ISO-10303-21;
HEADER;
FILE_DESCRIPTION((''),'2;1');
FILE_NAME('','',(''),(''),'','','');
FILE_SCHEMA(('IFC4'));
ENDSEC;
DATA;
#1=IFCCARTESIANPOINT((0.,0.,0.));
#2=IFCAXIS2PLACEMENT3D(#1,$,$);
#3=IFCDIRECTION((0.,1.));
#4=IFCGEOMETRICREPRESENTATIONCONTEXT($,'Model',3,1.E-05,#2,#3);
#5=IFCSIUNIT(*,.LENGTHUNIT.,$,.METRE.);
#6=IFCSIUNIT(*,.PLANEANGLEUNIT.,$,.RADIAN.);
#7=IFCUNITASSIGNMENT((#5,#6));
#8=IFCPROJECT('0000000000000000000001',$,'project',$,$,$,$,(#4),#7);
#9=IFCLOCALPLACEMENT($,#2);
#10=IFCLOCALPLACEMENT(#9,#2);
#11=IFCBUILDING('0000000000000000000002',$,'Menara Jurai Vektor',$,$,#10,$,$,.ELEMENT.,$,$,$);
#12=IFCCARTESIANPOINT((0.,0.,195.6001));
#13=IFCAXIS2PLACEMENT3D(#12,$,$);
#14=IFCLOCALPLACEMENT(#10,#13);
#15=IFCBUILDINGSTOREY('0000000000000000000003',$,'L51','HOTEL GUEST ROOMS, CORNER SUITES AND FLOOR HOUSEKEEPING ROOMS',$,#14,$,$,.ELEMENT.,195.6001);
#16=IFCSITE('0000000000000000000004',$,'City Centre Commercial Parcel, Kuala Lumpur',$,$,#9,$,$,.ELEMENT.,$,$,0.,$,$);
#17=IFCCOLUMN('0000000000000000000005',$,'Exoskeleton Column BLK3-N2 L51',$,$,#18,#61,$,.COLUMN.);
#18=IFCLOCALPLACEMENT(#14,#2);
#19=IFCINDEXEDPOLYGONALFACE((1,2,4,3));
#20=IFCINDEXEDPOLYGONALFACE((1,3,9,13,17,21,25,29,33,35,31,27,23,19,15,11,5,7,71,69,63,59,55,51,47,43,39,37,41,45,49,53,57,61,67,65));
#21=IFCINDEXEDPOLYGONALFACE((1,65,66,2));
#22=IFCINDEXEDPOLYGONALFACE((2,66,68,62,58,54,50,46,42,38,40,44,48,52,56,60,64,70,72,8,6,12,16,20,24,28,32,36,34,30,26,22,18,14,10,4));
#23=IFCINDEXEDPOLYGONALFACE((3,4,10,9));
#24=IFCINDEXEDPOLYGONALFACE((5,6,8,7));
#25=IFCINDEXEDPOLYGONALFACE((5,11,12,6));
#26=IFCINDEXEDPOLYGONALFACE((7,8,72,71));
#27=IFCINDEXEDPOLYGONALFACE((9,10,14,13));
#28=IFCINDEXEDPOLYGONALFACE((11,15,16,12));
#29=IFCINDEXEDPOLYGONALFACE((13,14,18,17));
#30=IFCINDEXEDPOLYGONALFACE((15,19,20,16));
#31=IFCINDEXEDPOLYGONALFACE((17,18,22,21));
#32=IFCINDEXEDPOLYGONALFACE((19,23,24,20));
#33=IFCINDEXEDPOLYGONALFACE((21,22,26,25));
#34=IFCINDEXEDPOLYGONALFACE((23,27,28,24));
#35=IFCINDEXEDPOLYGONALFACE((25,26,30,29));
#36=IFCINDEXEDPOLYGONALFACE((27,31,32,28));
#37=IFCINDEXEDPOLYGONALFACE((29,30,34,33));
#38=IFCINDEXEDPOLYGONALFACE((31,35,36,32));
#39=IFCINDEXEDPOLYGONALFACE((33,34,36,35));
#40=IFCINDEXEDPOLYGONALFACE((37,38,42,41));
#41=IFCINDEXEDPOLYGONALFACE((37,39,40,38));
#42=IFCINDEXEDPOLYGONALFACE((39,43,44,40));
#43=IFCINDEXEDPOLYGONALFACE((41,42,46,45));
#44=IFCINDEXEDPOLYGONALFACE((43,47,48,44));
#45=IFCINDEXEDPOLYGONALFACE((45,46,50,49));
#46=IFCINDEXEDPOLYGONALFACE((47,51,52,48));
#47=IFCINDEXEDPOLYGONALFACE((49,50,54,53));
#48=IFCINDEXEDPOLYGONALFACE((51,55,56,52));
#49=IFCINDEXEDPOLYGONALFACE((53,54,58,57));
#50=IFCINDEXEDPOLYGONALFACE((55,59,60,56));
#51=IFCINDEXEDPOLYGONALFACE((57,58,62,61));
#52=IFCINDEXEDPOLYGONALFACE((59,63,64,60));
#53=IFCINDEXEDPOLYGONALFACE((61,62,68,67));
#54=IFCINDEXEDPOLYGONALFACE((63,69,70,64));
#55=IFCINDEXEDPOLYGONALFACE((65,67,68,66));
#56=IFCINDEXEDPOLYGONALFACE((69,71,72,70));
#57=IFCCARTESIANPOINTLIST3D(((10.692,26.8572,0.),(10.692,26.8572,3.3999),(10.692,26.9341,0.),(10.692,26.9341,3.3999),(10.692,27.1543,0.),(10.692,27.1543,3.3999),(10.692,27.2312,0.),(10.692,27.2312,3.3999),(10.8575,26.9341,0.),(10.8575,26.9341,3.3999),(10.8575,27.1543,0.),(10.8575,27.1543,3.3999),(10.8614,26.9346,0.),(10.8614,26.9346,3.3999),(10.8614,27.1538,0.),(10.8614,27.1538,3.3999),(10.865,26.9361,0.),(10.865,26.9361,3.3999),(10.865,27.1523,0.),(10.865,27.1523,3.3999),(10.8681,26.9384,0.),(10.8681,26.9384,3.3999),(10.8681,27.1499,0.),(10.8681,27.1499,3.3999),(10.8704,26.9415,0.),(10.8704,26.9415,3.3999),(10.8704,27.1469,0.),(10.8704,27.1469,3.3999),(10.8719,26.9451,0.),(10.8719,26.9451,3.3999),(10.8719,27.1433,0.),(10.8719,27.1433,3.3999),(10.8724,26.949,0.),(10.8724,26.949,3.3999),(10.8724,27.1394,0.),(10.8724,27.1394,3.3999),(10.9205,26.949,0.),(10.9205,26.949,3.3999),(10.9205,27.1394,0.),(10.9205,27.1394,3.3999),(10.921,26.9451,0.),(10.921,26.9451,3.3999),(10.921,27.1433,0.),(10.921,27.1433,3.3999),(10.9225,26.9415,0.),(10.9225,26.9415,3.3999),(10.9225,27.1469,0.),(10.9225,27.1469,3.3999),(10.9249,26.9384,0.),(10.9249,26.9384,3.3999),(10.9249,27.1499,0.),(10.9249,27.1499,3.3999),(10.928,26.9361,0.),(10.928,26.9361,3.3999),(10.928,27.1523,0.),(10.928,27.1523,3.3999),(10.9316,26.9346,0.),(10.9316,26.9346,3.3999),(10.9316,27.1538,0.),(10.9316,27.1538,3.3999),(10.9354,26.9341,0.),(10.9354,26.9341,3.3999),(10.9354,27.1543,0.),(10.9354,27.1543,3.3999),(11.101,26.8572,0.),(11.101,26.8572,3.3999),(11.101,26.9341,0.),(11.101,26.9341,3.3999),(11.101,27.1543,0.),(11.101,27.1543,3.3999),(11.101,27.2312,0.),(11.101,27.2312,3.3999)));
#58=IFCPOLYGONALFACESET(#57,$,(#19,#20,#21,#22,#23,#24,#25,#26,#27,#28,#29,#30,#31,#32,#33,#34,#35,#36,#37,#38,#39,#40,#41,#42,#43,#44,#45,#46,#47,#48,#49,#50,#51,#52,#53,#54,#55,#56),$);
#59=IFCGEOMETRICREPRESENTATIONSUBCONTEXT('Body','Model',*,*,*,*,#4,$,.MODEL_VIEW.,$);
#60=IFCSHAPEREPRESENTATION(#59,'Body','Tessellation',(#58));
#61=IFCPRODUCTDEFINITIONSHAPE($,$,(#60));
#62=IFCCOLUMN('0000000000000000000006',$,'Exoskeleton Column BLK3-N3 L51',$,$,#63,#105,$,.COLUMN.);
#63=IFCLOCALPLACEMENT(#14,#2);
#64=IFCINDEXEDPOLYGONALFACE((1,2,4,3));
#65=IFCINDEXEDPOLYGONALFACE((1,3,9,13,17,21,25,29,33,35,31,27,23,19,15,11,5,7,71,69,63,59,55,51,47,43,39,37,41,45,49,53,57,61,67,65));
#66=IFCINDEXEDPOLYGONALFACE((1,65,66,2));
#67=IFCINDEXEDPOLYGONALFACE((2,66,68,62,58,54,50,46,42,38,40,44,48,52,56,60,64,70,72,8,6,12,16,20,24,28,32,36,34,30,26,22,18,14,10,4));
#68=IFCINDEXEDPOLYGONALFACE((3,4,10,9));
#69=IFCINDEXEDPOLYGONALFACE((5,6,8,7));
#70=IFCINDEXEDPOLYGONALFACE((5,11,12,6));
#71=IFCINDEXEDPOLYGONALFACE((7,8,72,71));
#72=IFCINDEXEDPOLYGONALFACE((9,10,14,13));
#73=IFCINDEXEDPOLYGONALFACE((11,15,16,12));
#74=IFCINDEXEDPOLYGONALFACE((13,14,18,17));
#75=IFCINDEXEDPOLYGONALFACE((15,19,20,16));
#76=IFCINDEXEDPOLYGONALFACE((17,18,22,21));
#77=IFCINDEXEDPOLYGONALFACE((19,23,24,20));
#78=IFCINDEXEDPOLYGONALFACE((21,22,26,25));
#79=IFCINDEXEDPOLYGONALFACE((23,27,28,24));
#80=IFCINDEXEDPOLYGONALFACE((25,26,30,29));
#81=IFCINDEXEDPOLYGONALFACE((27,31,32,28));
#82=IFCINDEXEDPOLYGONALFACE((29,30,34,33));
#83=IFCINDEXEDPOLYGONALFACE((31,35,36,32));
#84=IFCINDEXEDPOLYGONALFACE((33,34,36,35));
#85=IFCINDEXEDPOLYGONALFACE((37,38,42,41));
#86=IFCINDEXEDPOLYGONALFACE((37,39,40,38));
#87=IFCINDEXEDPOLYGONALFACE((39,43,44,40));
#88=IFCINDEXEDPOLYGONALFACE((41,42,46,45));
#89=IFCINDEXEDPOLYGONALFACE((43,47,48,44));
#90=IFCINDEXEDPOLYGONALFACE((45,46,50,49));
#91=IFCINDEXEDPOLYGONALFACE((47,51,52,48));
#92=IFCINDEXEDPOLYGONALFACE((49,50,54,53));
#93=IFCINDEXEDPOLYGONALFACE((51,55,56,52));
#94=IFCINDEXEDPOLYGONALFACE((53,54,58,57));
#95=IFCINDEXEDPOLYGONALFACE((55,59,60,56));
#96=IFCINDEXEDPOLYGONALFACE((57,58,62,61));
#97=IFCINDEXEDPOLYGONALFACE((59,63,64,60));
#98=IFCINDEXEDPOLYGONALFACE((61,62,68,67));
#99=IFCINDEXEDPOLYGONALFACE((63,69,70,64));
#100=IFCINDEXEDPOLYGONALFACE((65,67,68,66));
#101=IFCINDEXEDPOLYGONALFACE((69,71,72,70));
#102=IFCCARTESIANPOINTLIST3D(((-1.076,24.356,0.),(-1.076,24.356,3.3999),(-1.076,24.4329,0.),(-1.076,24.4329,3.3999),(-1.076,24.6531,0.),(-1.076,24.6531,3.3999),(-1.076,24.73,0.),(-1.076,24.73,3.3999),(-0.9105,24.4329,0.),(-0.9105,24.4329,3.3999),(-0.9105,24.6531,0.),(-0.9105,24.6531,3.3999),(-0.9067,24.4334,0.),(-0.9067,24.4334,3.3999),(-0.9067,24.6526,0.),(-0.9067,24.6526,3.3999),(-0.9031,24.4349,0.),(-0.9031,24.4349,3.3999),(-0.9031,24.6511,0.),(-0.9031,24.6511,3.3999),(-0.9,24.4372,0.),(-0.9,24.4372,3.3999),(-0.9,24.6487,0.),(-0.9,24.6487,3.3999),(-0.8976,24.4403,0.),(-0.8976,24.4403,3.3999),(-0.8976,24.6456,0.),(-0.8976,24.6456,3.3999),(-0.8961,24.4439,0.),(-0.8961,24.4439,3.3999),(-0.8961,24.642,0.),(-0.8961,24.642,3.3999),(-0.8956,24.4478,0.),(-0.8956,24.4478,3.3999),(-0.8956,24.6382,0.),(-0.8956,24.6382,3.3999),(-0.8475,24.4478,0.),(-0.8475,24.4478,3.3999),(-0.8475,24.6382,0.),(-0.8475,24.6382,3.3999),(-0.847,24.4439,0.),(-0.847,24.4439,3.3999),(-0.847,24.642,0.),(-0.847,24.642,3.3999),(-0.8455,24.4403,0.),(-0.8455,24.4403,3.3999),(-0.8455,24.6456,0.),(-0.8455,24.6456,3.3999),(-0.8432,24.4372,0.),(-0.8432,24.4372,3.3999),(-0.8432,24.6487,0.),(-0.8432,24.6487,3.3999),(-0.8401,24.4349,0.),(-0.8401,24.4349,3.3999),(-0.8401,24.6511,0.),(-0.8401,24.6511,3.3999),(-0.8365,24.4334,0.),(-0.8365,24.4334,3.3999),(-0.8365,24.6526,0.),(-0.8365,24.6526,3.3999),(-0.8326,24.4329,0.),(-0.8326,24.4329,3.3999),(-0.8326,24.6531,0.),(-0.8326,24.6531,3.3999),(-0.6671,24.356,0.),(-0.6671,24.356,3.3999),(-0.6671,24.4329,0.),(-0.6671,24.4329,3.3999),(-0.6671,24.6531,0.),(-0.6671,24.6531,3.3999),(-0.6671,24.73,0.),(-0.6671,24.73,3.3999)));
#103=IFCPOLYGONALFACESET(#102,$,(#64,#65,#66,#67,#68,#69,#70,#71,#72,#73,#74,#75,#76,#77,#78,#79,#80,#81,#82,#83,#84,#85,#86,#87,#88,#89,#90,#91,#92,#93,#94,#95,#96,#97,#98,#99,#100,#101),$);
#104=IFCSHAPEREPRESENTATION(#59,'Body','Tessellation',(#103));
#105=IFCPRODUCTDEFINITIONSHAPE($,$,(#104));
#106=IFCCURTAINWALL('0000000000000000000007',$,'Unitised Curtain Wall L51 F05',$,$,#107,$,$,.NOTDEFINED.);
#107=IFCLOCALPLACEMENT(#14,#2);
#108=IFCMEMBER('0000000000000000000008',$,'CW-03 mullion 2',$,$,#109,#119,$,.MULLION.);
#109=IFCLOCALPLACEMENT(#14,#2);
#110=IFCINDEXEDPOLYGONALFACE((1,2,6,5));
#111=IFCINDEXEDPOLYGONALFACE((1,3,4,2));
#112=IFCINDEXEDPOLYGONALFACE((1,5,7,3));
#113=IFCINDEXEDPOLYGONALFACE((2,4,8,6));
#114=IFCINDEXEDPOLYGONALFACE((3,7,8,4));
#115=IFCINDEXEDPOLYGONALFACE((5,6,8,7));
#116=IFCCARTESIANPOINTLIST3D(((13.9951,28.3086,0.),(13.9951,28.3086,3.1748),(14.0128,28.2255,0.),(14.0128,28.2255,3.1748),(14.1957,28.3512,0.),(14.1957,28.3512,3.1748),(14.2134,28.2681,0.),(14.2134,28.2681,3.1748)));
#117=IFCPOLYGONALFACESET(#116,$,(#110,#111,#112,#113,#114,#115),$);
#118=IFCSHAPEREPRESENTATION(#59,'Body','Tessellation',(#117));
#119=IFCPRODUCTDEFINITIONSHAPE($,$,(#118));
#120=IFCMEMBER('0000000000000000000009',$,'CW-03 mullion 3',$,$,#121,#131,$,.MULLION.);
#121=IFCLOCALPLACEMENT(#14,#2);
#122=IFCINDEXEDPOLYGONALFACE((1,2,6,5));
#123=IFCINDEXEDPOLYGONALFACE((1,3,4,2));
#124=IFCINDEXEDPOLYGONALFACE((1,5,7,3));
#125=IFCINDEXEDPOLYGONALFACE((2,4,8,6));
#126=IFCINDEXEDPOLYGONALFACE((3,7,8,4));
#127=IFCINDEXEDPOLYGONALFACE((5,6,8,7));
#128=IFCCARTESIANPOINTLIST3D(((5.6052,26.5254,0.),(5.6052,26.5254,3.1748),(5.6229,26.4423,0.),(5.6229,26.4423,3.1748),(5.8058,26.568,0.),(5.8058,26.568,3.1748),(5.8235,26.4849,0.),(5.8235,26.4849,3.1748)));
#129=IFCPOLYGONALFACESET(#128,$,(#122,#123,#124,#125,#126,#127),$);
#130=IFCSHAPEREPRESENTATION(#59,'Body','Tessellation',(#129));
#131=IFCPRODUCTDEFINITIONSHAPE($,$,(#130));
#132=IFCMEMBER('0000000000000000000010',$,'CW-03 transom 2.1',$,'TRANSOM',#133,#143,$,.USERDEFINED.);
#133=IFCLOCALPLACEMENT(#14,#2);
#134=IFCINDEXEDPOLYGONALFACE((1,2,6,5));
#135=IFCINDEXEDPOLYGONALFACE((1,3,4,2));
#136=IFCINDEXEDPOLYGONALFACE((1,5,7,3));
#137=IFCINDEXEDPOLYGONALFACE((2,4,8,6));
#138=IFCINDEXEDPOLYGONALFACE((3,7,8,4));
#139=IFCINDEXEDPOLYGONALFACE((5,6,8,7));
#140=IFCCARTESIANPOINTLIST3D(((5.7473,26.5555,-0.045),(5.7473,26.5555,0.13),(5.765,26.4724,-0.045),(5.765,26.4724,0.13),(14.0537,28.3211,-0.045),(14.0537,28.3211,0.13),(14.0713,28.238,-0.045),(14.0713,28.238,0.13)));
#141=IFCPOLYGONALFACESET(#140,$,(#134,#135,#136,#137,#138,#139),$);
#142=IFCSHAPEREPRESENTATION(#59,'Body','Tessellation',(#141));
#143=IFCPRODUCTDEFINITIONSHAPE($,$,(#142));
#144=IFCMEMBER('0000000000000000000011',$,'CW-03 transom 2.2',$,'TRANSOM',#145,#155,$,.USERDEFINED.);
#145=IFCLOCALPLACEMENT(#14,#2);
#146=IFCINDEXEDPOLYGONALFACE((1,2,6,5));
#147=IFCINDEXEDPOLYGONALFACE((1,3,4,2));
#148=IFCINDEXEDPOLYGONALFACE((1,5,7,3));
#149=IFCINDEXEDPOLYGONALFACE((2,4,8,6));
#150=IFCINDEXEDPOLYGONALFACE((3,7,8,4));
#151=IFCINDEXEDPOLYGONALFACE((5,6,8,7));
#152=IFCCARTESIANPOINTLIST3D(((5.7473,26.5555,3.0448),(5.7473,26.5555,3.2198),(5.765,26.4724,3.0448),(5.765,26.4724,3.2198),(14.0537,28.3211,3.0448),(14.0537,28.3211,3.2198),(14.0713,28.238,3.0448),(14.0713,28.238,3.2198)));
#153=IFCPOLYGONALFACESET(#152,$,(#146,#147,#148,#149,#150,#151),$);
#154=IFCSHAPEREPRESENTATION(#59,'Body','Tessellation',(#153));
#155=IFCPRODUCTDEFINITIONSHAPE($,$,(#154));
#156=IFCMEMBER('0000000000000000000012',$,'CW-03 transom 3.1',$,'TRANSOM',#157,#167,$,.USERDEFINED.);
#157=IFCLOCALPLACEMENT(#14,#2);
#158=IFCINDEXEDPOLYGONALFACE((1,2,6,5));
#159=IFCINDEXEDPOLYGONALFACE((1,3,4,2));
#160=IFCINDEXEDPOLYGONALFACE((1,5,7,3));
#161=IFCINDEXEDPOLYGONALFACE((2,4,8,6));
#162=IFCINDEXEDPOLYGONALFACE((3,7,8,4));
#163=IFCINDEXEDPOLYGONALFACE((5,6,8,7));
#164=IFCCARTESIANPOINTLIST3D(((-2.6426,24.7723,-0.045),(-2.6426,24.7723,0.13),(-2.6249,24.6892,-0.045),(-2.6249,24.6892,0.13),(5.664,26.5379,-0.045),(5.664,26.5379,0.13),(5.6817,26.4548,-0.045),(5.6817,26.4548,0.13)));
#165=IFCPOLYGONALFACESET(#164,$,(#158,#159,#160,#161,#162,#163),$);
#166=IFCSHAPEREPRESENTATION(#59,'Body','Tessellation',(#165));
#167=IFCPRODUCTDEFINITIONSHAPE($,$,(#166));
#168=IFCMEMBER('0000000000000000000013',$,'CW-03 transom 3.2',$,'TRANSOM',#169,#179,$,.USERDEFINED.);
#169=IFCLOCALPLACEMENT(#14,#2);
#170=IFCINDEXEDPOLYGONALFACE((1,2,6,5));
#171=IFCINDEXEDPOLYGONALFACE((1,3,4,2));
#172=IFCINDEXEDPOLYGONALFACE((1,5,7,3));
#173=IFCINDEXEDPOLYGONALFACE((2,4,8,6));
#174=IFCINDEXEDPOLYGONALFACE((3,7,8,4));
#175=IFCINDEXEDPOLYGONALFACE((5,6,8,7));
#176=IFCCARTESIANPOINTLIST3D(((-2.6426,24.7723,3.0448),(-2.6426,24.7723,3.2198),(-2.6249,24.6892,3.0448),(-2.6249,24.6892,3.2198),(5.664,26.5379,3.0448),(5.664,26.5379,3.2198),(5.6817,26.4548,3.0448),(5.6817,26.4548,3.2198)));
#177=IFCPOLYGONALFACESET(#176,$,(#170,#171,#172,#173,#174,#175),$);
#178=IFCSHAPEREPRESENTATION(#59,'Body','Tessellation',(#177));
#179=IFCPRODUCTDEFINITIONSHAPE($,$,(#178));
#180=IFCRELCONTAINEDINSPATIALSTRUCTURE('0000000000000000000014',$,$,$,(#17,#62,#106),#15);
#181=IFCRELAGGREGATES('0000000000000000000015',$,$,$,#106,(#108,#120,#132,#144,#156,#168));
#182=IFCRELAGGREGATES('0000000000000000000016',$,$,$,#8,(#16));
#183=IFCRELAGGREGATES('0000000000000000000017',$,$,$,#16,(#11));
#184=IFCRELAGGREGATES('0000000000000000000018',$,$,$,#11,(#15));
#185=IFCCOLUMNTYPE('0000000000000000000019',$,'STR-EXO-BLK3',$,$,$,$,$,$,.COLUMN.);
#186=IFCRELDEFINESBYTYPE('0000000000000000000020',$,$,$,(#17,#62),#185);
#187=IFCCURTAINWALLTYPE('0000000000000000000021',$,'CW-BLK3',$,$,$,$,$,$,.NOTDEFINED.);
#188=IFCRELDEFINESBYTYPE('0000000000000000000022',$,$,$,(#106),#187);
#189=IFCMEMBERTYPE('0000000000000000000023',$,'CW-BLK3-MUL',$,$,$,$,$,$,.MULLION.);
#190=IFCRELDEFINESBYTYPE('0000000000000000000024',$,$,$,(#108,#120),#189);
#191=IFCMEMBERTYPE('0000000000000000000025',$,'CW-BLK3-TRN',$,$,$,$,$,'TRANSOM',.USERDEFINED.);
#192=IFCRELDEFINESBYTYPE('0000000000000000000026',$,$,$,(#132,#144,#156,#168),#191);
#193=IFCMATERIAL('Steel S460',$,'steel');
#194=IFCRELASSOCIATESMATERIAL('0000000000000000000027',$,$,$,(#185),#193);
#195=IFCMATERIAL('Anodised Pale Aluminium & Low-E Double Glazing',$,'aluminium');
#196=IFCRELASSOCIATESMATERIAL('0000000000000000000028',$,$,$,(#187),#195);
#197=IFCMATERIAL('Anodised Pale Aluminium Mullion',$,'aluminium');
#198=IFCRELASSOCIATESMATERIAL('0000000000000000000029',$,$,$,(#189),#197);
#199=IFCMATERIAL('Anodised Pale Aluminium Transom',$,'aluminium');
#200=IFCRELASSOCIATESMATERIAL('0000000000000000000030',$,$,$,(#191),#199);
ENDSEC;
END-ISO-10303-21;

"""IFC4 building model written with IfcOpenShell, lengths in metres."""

from ifc_helpers import new_model, si_unit, direction, frame, origin, origin_2d, place, context, subcontext, project, spatial, rectangle, i_section, extrude, material, material_profile, profile_set, type_object, element, aggregate, save


model = new_model("IFC4")

# Units and contexts
model_context = context("Model", 3, precision=1e-05, world=origin(), true_north=direction((0.0, 1.0)))
body_context = subcontext(model_context, "Body", "Model", "MODEL_VIEW")
ifc_project = project(units=[si_unit("LENGTHUNIT", "METRE"), si_unit("PLANEANGLEUNIT", "RADIAN")], contexts=[model_context])

# Site, building, storey
site_placement = place(None, origin())
site = spatial("IfcSite", under=ifc_project, at=site_placement, Name="City Centre Commercial Parcel, Kuala Lumpur", CompositionType="ELEMENT", RefElevation=0.0)
building_placement = place(site_placement, origin())
building = spatial("IfcBuilding", under=site, at=building_placement, Name="Menara Jurai Vektor", CompositionType="ELEMENT")
storey_placement = place(building_placement, frame((0.0, 0.0, 195.6001)))
storey = spatial("IfcBuildingStorey", under=building, at=storey_placement, Name="L51", Description="HOTEL GUEST ROOMS, CORNER SUITES AND FLOOR HOUSEKEEPING ROOMS", CompositionType="ELEMENT", Elevation=195.6001)

# Columns
ifc_material_1 = material(Name="Steel S460", Category="steel")
ifc_material_profile_1 = material_profile(ifc_material_1, i_section(OverallWidth=0.4089, OverallDepth=0.374, WebThickness=0.0481, FlangeThickness=0.0769, FilletRadius=0.0149, at=origin_2d()), Name="HD 400x634")
ifc_profile_set_1 = profile_set([ifc_material_profile_1], Name="Steel S460")
column_type = type_object("IfcColumnType", Name="STR-EXO-BLK3", PredefinedType="COLUMN", material=ifc_profile_set_1)
for number, where, z_axis, x_axis, name in (
    (1, (10.8965, 27.0442, 0.0), (0.0, 0.0, 1.0), (1.0, 0.0, 0.0), "Exoskeleton Column BLK3-N2 L51"),
    (2, (-0.8716, 24.543, 0.0), (0.0, 0.0, 1.0), (1.0, 0.0, 0.0), "Exoskeleton Column BLK3-N3 L51"),
):
    element("IfcColumn", number, at=place(storey_placement, frame(where, z_axis=z_axis, x_axis=x_axis)), inside=storey, type_object=column_type, Name=name, PredefinedType="COLUMN", context=body_context, shape_type="SweptSolid", body=[
        extrude(i_section(OverallWidth=0.4089, OverallDepth=0.374, WebThickness=0.0481, FlangeThickness=0.0769, FilletRadius=0.0149, at=origin_2d()), origin(), (0.0, 0.0, 1.0), 3.3999),
    ])

# Curtain wall, members
ifc_material_2 = material(Name="Anodised Pale Aluminium & Low-E Double Glazing", Category="aluminium")
curtain_wall_type = type_object("IfcCurtainWallType", Name="CW-BLK3", PredefinedType="NOTDEFINED", material=ifc_material_2)
curtain_wall_placement = place(storey_placement, origin())
curtain_wall = element("IfcCurtainWall", 3, at=curtain_wall_placement, inside=storey, type_object=curtain_wall_type, Name="Unitised Curtain Wall L51 F05", PredefinedType="NOTDEFINED")
ifc_material_3 = material(Name="Anodised Pale Aluminium Mullion", Category="aluminium")
ifc_material_profile_2 = material_profile(ifc_material_3, rectangle(XDim=0.085, YDim=0.2051, at=origin_2d()), Name="ALU MUL 85x205")
ifc_profile_set_2 = profile_set([ifc_material_profile_2], Name="Anodised Pale Aluminium Mullion")
member_type_1 = type_object("IfcMemberType", Name="CW-BLK3-MUL", PredefinedType="MULLION", material=ifc_profile_set_2)
member_1_placement = place(storey_placement, frame((14.1042, 28.2883, 0.0), z_axis=(0.0, 0.0, 1.0), x_axis=(0.207911, -0.978148, 0.0)))
member_1 = element("IfcMember", 4, at=member_1_placement, type_object=member_type_1, Name="CW-03 mullion 2", PredefinedType="MULLION", context=body_context, shape_type="SweptSolid", body=[
    extrude(rectangle(XDim=0.085, YDim=0.2051, at=origin_2d()), origin(), (0.0, 0.0, 1.0), 3.1748),
])
member_2_placement = place(storey_placement, frame((5.7144, 26.5051, 0.0), z_axis=(0.0, 0.0, 1.0), x_axis=(0.207911, -0.978148, 0.0)))
member_2 = element("IfcMember", 5, at=member_2_placement, type_object=member_type_1, Name="CW-03 mullion 3", PredefinedType="MULLION", context=body_context, shape_type="SweptSolid", body=[
    extrude(rectangle(XDim=0.085, YDim=0.2051, at=origin_2d()), origin(), (0.0, 0.0, 1.0), 3.1748),
])
ifc_material_4 = material(Name="Anodised Pale Aluminium Transom", Category="aluminium")
ifc_material_profile_3 = material_profile(ifc_material_4, rectangle(XDim=0.085, YDim=0.175, at=origin_2d()), Name="ALU TRN 85x175")
ifc_profile_set_3 = profile_set([ifc_material_profile_3], Name="Anodised Pale Aluminium Transom")
member_type_2 = type_object("IfcMemberType", Name="CW-BLK3-TRN", ElementType="TRANSOM", PredefinedType="USERDEFINED", material=ifc_profile_set_3)
member_3_placement = place(storey_placement, frame((14.0625, 28.2795, 0.0425), z_axis=(-0.978147, -0.207917, 0.0), x_axis=(0.207917, -0.978147, 0.0)))
member_3 = element("IfcMember", 6, at=member_3_placement, type_object=member_type_2, Name="CW-03 transom 2.1", ObjectType="TRANSOM", PredefinedType="USERDEFINED", context=body_context, shape_type="SweptSolid", body=[
    extrude(rectangle(XDim=0.085, YDim=0.175, at=origin_2d()), origin(), (0.0, 0.0, 1.0), 8.4919),
])
member_4_placement = place(storey_placement, frame((14.0625, 28.2795, 3.1323), z_axis=(-0.978147, -0.207917, 0.0), x_axis=(0.207917, -0.978147, 0.0)))
member_4 = element("IfcMember", 7, at=member_4_placement, type_object=member_type_2, Name="CW-03 transom 2.2", ObjectType="TRANSOM", PredefinedType="USERDEFINED", context=body_context, shape_type="SweptSolid", body=[
    extrude(rectangle(XDim=0.085, YDim=0.175, at=origin_2d()), origin(), (0.0, 0.0, 1.0), 8.4919),
])
member_5_placement = place(storey_placement, frame((5.6729, 26.4963, 0.0425), z_axis=(-0.978148, -0.207911, 0.0), x_axis=(0.207911, -0.978148, 0.0)))
member_5 = element("IfcMember", 8, at=member_5_placement, type_object=member_type_2, Name="CW-03 transom 3.1", ObjectType="TRANSOM", PredefinedType="USERDEFINED", context=body_context, shape_type="SweptSolid", body=[
    extrude(rectangle(XDim=0.085, YDim=0.175, at=origin_2d()), origin(), (0.0, 0.0, 1.0), 8.4922),
])
member_6_placement = place(storey_placement, frame((5.6729, 26.4963, 3.1323), z_axis=(-0.978148, -0.207911, 0.0), x_axis=(0.207911, -0.978148, 0.0)))
member_6 = element("IfcMember", 9, at=member_6_placement, type_object=member_type_2, Name="CW-03 transom 3.2", ObjectType="TRANSOM", PredefinedType="USERDEFINED", context=body_context, shape_type="SweptSolid", body=[
    extrude(rectangle(XDim=0.085, YDim=0.175, at=origin_2d()), origin(), (0.0, 0.0, 1.0), 8.4922),
])

aggregate(curtain_wall, [member_1, member_2, member_3, member_4, member_5, member_6])

save(model, "model.ifc")
